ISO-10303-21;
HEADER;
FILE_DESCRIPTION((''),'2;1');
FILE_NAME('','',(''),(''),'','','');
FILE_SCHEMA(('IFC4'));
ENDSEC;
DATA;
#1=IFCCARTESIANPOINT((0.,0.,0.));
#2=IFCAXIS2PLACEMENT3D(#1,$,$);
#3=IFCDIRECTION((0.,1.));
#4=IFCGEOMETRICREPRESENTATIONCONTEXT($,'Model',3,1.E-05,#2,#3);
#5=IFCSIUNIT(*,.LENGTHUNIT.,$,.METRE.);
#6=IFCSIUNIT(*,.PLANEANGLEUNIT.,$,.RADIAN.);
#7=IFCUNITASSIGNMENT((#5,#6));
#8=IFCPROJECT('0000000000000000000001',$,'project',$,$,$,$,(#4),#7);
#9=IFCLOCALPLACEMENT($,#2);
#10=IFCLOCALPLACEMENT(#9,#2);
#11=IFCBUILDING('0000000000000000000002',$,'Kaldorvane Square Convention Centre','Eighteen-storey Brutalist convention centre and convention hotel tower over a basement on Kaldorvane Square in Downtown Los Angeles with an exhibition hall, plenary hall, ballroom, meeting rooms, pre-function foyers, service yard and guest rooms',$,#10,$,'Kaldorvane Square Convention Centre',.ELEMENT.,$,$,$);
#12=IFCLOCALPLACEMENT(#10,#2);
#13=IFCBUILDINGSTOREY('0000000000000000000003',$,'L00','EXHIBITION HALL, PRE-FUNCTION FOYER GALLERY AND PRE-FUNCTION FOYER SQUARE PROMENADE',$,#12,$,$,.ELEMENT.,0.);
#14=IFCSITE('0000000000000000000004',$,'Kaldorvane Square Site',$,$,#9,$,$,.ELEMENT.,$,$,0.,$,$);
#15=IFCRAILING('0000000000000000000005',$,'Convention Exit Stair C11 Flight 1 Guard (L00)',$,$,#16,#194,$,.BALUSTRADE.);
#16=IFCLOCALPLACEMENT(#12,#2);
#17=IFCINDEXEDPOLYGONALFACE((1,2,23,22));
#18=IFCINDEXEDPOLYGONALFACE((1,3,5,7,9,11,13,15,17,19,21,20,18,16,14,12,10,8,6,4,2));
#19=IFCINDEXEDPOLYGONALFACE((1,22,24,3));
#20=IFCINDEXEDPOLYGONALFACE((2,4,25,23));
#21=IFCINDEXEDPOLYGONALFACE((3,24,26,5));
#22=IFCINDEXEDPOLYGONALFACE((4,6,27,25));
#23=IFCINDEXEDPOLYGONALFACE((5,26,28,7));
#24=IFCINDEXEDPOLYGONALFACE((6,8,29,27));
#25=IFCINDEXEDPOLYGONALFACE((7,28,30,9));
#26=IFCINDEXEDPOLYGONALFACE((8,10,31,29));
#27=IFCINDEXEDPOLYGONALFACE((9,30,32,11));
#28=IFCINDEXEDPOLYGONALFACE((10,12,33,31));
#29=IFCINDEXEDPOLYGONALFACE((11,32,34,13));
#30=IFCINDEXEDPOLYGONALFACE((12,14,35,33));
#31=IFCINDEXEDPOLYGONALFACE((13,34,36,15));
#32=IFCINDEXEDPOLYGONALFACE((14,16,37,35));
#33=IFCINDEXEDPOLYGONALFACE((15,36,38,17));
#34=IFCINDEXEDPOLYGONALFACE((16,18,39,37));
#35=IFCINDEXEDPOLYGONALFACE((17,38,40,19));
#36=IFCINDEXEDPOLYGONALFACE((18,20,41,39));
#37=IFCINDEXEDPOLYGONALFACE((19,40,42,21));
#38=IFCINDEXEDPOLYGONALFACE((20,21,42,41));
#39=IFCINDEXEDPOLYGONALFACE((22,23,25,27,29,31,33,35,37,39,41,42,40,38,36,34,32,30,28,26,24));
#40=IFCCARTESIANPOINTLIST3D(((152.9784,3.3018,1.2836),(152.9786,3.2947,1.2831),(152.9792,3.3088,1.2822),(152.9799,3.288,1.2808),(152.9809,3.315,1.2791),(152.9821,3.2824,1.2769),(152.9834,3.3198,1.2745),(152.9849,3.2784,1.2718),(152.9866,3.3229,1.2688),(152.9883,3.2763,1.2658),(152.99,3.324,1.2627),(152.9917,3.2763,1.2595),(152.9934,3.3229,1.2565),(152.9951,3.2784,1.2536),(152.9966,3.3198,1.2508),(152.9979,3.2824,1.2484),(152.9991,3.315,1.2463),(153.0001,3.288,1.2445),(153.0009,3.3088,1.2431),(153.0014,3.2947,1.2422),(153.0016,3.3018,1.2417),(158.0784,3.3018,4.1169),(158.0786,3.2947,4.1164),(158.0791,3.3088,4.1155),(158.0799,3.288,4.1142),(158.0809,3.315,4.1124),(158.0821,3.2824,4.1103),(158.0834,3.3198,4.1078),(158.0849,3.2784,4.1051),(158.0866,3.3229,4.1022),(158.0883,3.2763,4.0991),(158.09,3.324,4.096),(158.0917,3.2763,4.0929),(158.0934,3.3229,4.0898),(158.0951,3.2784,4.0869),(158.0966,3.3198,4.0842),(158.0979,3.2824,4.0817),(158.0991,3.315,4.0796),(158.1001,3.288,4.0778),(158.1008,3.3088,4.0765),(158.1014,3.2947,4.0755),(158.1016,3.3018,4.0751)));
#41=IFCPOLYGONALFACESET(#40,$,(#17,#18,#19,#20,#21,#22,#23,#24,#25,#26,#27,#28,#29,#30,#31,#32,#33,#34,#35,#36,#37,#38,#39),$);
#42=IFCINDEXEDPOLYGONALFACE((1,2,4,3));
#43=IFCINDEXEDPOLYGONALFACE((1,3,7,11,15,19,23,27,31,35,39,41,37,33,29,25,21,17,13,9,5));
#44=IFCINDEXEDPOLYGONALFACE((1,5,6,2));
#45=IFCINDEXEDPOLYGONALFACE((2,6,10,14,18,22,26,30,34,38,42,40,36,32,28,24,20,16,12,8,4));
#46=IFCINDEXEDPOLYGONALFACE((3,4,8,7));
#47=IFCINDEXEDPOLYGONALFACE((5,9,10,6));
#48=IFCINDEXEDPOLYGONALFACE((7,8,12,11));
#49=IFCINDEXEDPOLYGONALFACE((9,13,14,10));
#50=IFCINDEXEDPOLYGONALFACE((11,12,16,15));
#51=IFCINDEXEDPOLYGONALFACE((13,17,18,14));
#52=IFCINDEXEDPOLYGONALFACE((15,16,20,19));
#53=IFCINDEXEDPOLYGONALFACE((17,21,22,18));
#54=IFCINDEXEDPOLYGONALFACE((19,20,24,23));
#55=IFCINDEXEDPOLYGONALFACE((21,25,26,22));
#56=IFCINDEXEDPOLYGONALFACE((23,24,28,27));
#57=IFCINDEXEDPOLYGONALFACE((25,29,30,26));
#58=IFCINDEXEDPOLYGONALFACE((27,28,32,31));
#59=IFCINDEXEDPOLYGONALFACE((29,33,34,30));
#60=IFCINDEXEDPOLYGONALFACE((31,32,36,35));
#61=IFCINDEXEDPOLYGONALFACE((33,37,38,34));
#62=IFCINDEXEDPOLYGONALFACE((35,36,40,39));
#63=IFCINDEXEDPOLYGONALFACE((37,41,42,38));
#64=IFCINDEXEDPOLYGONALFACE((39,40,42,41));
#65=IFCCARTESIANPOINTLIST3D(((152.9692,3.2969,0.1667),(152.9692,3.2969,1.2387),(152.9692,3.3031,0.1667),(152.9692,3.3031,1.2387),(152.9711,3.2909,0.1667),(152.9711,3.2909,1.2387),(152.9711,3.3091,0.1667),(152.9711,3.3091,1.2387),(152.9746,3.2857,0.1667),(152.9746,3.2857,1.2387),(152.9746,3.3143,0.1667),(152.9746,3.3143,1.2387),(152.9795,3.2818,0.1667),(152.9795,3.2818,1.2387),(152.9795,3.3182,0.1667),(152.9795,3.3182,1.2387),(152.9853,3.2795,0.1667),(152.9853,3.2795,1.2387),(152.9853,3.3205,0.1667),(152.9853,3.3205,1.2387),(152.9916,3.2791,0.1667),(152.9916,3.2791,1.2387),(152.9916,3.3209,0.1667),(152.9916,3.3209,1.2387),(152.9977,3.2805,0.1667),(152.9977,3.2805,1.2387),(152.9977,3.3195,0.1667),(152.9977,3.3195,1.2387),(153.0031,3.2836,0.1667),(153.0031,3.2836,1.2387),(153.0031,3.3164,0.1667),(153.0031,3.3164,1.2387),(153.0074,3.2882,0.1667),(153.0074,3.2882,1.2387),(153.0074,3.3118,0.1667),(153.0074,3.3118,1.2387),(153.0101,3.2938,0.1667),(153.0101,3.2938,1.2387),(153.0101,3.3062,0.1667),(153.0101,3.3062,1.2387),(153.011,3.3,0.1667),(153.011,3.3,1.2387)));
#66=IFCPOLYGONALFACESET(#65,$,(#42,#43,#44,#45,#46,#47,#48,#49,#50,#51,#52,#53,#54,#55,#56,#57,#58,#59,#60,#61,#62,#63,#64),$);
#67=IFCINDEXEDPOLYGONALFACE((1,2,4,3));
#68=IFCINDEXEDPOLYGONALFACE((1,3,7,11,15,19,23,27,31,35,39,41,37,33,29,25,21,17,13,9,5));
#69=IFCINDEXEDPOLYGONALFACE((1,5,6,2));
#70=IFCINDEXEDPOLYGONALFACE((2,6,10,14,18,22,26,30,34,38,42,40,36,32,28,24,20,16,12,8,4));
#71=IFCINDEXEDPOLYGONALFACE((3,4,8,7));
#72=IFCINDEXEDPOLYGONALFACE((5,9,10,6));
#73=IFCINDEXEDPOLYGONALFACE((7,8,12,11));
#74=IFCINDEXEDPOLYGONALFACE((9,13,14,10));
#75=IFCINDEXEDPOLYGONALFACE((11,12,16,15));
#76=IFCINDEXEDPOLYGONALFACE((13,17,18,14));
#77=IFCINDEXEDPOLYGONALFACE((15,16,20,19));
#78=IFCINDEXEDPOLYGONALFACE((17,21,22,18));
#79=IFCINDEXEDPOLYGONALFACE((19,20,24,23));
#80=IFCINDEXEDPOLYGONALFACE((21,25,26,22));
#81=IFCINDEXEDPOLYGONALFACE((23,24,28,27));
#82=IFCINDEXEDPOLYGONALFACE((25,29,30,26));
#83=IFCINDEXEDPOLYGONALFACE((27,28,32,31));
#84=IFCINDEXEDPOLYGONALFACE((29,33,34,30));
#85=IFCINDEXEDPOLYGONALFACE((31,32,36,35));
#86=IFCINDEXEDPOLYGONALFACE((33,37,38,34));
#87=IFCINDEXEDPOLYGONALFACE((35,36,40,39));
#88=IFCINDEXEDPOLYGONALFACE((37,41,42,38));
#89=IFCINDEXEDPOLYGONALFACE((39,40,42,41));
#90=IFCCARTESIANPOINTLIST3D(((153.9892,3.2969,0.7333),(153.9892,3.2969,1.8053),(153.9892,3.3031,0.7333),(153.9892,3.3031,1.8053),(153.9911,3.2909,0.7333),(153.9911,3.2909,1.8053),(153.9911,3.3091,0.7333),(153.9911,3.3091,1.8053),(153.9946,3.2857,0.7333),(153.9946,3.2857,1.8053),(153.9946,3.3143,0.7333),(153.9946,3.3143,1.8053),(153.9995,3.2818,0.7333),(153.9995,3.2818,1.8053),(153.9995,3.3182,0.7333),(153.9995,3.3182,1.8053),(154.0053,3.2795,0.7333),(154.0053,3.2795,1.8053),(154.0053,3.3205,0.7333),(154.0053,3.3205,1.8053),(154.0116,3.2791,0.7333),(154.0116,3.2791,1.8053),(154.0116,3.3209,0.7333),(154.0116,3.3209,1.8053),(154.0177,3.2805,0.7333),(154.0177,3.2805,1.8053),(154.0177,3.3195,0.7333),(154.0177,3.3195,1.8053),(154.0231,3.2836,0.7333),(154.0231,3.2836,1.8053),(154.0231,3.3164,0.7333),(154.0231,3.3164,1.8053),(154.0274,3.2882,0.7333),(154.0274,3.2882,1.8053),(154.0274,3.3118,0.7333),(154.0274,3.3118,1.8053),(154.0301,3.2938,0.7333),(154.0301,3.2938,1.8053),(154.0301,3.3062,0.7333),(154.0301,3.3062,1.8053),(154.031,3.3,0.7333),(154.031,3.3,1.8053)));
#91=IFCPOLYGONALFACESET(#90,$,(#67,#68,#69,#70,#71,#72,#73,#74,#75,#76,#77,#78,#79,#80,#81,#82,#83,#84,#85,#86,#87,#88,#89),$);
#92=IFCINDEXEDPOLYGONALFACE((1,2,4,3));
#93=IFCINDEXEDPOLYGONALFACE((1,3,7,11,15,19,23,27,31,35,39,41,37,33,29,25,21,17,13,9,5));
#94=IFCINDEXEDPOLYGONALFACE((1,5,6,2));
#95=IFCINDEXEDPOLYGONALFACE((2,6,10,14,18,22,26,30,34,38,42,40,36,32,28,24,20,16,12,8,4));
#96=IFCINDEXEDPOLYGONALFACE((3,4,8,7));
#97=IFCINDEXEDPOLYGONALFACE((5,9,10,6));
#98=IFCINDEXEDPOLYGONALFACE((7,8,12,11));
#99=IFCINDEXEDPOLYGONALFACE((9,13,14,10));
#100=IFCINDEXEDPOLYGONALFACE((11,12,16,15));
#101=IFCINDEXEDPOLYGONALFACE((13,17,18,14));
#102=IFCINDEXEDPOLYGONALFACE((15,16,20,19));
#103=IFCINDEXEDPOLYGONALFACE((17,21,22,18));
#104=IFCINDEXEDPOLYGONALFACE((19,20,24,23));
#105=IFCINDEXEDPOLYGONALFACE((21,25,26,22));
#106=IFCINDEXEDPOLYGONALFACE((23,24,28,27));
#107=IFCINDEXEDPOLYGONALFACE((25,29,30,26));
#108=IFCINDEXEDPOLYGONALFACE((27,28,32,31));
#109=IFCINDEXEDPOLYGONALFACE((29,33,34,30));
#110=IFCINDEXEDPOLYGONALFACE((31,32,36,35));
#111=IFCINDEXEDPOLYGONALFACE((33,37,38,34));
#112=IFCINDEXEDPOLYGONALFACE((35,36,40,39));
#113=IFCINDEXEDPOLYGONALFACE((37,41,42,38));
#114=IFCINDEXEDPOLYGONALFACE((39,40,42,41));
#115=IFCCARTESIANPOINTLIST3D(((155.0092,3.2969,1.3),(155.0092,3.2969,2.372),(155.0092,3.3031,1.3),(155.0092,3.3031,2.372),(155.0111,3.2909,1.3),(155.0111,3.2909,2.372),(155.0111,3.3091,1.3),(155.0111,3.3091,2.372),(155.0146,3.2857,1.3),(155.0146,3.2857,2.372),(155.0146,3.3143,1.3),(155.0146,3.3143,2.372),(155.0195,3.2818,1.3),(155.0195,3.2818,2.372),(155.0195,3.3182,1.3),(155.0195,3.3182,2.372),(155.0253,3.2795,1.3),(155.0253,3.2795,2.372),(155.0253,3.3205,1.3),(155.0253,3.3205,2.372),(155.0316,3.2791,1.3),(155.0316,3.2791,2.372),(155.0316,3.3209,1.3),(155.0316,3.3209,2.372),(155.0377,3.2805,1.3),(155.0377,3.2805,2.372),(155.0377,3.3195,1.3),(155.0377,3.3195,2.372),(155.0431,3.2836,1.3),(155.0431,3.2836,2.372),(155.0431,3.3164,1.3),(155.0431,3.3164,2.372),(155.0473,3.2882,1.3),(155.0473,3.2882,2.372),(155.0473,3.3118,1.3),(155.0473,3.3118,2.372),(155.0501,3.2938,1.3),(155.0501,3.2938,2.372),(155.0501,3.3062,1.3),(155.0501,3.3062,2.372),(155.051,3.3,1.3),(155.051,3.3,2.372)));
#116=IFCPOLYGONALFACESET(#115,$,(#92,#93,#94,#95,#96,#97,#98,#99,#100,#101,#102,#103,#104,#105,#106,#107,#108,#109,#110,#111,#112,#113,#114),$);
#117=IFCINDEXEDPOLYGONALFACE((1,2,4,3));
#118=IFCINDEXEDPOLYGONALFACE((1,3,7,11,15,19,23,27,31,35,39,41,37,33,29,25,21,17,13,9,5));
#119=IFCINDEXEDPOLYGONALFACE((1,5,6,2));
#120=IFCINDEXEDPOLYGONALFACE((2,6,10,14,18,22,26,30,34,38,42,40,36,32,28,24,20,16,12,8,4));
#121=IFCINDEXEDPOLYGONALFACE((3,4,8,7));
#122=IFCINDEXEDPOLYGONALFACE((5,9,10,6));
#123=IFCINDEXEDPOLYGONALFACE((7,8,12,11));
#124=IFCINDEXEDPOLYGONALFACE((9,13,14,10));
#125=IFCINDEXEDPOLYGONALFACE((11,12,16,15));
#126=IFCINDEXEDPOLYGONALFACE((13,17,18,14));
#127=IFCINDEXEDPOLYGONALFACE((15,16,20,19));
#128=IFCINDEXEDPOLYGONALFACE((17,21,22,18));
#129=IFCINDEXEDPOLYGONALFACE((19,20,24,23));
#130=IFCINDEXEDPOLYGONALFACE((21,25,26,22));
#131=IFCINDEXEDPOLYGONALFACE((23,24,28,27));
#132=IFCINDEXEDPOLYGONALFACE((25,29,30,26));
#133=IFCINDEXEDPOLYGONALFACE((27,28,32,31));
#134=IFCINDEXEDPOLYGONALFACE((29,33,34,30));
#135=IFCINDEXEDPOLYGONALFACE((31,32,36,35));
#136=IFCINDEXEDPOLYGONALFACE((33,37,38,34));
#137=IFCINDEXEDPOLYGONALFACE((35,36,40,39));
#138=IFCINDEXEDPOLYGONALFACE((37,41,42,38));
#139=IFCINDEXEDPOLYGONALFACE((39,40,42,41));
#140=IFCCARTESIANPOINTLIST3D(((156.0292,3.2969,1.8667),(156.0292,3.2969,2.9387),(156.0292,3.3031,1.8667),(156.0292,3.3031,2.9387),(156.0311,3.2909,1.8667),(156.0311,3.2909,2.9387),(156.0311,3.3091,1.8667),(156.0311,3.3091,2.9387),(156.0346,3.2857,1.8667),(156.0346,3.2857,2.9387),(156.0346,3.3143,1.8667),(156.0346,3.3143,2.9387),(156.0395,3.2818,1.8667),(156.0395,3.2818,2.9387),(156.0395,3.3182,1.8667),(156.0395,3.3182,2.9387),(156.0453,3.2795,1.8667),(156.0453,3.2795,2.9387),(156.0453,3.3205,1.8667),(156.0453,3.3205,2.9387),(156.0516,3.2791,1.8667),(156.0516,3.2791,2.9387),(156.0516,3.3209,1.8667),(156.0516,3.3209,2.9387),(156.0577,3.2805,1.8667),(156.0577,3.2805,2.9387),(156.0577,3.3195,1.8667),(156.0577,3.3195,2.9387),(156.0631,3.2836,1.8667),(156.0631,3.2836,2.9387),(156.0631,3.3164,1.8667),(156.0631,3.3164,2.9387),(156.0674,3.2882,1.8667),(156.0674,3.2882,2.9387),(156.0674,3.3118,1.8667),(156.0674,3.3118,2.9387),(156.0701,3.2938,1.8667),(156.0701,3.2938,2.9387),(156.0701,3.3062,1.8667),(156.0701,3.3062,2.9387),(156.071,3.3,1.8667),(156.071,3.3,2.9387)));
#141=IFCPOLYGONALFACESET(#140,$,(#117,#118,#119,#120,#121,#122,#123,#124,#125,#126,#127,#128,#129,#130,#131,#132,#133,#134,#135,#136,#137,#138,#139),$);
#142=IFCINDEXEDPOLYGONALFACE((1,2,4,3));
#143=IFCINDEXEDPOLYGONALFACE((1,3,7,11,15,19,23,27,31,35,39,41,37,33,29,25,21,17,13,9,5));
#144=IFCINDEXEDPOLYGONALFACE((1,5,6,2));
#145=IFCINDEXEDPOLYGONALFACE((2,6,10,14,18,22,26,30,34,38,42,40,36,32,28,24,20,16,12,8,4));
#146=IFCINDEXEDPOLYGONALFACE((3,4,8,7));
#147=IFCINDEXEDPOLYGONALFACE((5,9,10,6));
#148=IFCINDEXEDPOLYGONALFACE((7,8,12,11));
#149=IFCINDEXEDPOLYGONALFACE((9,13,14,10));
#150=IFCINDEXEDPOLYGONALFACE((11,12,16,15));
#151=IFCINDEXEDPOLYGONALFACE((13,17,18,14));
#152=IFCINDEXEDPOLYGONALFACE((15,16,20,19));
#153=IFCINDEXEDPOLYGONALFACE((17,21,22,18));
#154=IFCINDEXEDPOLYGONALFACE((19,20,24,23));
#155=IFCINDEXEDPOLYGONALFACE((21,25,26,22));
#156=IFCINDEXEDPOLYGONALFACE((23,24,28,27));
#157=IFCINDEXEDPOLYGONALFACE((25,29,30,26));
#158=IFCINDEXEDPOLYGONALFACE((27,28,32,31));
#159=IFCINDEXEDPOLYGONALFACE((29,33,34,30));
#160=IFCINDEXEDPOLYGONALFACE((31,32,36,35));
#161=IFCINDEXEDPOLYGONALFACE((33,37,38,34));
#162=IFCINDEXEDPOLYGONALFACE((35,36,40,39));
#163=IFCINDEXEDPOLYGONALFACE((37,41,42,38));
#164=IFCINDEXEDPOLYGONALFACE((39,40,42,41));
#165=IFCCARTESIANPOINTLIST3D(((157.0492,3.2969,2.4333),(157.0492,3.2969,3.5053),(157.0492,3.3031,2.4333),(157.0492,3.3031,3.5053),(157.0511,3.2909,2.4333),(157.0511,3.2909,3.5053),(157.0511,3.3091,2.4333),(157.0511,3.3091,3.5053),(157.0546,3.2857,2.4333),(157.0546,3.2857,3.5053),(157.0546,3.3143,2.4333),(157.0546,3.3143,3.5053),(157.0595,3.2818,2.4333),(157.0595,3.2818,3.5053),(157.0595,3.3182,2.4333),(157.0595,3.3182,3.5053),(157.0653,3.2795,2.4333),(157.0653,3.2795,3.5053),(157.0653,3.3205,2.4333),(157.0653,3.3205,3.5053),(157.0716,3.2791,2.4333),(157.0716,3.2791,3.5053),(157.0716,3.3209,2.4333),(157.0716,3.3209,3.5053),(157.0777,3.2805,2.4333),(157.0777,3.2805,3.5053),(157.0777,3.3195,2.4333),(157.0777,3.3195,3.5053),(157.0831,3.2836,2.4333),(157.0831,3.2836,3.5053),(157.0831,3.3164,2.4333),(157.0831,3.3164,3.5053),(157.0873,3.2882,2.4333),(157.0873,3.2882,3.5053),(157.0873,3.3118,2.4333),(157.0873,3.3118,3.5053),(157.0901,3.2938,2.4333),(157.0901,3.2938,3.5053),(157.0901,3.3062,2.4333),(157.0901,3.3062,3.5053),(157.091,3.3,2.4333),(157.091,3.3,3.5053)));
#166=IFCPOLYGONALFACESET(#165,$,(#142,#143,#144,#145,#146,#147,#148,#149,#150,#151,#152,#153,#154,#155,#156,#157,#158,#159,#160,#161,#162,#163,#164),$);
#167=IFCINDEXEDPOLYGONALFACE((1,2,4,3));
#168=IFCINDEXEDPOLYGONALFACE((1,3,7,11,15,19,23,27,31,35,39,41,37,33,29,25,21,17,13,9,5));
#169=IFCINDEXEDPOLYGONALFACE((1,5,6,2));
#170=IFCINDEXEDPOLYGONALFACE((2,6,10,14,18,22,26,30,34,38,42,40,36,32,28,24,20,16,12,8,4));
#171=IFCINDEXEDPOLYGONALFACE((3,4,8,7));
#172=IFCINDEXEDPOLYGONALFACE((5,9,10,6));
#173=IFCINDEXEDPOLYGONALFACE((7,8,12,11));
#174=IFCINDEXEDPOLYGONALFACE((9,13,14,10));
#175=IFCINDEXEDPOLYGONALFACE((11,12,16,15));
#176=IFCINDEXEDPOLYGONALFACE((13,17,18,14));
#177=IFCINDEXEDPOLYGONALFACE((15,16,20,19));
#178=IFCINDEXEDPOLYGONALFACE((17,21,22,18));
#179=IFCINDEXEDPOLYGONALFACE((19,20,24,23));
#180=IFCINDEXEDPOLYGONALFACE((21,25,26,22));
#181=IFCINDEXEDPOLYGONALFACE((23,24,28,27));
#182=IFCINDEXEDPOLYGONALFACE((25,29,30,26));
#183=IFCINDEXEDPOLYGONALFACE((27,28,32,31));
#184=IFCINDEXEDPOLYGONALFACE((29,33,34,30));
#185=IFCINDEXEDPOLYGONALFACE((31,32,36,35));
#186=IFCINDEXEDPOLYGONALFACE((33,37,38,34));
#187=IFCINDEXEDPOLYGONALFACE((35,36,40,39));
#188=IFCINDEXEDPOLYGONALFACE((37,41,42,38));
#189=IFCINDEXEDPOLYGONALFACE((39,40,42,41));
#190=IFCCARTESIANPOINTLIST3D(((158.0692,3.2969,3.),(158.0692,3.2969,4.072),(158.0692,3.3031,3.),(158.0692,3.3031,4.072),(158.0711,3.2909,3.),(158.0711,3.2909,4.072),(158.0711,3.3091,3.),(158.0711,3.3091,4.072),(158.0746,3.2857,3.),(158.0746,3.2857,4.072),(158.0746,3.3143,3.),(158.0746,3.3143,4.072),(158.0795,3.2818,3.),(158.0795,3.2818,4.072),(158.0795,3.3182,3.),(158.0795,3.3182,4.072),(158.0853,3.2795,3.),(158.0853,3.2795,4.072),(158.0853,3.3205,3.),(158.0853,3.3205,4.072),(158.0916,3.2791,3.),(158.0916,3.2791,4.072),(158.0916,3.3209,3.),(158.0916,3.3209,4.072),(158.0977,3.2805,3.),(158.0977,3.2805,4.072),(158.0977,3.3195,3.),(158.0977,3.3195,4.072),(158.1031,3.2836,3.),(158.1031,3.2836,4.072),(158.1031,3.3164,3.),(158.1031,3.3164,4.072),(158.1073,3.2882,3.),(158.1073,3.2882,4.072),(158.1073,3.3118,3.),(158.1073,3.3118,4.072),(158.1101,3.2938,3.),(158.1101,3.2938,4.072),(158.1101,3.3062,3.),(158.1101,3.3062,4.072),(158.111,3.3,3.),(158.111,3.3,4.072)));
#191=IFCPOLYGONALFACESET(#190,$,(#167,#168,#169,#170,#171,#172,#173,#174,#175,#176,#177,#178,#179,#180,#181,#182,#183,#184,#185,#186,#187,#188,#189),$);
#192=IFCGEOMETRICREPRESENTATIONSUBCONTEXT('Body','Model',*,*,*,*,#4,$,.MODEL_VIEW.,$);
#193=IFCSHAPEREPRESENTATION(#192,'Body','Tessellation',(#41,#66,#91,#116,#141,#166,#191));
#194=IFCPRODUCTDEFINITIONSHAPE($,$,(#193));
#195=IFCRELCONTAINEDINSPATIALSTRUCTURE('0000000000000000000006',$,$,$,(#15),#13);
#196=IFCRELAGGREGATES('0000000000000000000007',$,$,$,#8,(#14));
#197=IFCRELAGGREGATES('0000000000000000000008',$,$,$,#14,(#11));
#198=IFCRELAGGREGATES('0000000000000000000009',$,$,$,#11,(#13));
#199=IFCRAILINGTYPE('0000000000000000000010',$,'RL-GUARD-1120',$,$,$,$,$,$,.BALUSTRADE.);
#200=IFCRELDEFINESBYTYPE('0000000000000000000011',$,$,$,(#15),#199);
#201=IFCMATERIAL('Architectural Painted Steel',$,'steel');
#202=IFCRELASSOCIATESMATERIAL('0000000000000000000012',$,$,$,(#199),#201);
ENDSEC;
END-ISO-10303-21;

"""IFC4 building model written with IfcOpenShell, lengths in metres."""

from ifc_helpers import new_model, si_unit, direction, frame, origin, origin_2d, place, context, subcontext, project, spatial, circle, extrude, material, type_object, element, save


model = new_model("IFC4")

# Units and contexts
model_context = context("Model", 3, precision=1e-05, world=origin(), true_north=direction((0.0, 1.0)))
body_context = subcontext(model_context, "Body", "Model", "MODEL_VIEW")
ifc_project = project(units=[si_unit("LENGTHUNIT", "METRE"), si_unit("PLANEANGLEUNIT", "RADIAN")], contexts=[model_context])

# Site, building, storey
site_placement = place(None, origin())
site = spatial("IfcSite", under=ifc_project, at=site_placement, Name="Kaldorvane Square Site", CompositionType="ELEMENT", RefElevation=0.0)
building_placement = place(site_placement, origin())
building = spatial("IfcBuilding", under=site, at=building_placement, Name="Kaldorvane Square Convention Centre", Description="Eighteen-storey Brutalist convention centre and convention hotel tower over a basement on Kaldorvane Square in Downtown Los Angeles with an exhibition hall, plenary hall, ballroom, meeting rooms, pre-function foyers, service yard and guest rooms", LongName="Kaldorvane Square Convention Centre", CompositionType="ELEMENT")
storey_placement = place(building_placement, origin())
storey = spatial("IfcBuildingStorey", under=building, at=storey_placement, Name="L00", Description="EXHIBITION HALL, PRE-FUNCTION FOYER GALLERY AND PRE-FUNCTION FOYER SQUARE PROMENADE", CompositionType="ELEMENT", Elevation=0.0)

# Railing
ifc_material_1 = material(Name="Architectural Painted Steel", Category="steel")
railing_type_1 = type_object("IfcRailingType", Name="RL-GUARD-1120", PredefinedType="BALUSTRADE", material=ifc_material_1)
railing_1_placement = place(storey_placement, frame((152.99, 3.3, 0.1667)))
element("IfcRailing", 1, at=railing_1_placement, inside=storey, type_object=railing_type_1, Name="Convention Exit Stair C11 Flight 1 Guard (L00)", PredefinedType="BALUSTRADE", context=body_context, shape_type="SweptSolid", body=[
    extrude(circle(Radius=0.024, at=origin_2d()), frame((0.0, 0.0, 1.096), z_axis=(0.874157, 0.0, 0.485643), x_axis=(0.0, 1.0, 0.0)), (0.0, 0.0, 1.0), 5.8342),
    extrude(circle(Radius=0.021, at=origin_2d()), origin(), (0.0, 0.0, 1.0), 1.072),
    extrude(circle(Radius=0.021, at=origin_2d()), frame((1.02, 0.0, 0.5667)), (0.0, 0.0, 1.0), 1.072),
    extrude(circle(Radius=0.021, at=origin_2d()), frame((2.04, 0.0, 1.1333)), (0.0, 0.0, 1.0), 1.072),
    extrude(circle(Radius=0.021, at=origin_2d()), frame((3.06, 0.0, 1.7)), (0.0, 0.0, 1.0), 1.072),
    extrude(circle(Radius=0.021, at=origin_2d()), frame((4.08, 0.0, 2.2667)), (0.0, 0.0, 1.0), 1.072),
    extrude(circle(Radius=0.021, at=origin_2d()), frame((5.1, 0.0, 2.8333)), (0.0, 0.0, 1.0), 1.072),
])

save(model, "model.ifc")
